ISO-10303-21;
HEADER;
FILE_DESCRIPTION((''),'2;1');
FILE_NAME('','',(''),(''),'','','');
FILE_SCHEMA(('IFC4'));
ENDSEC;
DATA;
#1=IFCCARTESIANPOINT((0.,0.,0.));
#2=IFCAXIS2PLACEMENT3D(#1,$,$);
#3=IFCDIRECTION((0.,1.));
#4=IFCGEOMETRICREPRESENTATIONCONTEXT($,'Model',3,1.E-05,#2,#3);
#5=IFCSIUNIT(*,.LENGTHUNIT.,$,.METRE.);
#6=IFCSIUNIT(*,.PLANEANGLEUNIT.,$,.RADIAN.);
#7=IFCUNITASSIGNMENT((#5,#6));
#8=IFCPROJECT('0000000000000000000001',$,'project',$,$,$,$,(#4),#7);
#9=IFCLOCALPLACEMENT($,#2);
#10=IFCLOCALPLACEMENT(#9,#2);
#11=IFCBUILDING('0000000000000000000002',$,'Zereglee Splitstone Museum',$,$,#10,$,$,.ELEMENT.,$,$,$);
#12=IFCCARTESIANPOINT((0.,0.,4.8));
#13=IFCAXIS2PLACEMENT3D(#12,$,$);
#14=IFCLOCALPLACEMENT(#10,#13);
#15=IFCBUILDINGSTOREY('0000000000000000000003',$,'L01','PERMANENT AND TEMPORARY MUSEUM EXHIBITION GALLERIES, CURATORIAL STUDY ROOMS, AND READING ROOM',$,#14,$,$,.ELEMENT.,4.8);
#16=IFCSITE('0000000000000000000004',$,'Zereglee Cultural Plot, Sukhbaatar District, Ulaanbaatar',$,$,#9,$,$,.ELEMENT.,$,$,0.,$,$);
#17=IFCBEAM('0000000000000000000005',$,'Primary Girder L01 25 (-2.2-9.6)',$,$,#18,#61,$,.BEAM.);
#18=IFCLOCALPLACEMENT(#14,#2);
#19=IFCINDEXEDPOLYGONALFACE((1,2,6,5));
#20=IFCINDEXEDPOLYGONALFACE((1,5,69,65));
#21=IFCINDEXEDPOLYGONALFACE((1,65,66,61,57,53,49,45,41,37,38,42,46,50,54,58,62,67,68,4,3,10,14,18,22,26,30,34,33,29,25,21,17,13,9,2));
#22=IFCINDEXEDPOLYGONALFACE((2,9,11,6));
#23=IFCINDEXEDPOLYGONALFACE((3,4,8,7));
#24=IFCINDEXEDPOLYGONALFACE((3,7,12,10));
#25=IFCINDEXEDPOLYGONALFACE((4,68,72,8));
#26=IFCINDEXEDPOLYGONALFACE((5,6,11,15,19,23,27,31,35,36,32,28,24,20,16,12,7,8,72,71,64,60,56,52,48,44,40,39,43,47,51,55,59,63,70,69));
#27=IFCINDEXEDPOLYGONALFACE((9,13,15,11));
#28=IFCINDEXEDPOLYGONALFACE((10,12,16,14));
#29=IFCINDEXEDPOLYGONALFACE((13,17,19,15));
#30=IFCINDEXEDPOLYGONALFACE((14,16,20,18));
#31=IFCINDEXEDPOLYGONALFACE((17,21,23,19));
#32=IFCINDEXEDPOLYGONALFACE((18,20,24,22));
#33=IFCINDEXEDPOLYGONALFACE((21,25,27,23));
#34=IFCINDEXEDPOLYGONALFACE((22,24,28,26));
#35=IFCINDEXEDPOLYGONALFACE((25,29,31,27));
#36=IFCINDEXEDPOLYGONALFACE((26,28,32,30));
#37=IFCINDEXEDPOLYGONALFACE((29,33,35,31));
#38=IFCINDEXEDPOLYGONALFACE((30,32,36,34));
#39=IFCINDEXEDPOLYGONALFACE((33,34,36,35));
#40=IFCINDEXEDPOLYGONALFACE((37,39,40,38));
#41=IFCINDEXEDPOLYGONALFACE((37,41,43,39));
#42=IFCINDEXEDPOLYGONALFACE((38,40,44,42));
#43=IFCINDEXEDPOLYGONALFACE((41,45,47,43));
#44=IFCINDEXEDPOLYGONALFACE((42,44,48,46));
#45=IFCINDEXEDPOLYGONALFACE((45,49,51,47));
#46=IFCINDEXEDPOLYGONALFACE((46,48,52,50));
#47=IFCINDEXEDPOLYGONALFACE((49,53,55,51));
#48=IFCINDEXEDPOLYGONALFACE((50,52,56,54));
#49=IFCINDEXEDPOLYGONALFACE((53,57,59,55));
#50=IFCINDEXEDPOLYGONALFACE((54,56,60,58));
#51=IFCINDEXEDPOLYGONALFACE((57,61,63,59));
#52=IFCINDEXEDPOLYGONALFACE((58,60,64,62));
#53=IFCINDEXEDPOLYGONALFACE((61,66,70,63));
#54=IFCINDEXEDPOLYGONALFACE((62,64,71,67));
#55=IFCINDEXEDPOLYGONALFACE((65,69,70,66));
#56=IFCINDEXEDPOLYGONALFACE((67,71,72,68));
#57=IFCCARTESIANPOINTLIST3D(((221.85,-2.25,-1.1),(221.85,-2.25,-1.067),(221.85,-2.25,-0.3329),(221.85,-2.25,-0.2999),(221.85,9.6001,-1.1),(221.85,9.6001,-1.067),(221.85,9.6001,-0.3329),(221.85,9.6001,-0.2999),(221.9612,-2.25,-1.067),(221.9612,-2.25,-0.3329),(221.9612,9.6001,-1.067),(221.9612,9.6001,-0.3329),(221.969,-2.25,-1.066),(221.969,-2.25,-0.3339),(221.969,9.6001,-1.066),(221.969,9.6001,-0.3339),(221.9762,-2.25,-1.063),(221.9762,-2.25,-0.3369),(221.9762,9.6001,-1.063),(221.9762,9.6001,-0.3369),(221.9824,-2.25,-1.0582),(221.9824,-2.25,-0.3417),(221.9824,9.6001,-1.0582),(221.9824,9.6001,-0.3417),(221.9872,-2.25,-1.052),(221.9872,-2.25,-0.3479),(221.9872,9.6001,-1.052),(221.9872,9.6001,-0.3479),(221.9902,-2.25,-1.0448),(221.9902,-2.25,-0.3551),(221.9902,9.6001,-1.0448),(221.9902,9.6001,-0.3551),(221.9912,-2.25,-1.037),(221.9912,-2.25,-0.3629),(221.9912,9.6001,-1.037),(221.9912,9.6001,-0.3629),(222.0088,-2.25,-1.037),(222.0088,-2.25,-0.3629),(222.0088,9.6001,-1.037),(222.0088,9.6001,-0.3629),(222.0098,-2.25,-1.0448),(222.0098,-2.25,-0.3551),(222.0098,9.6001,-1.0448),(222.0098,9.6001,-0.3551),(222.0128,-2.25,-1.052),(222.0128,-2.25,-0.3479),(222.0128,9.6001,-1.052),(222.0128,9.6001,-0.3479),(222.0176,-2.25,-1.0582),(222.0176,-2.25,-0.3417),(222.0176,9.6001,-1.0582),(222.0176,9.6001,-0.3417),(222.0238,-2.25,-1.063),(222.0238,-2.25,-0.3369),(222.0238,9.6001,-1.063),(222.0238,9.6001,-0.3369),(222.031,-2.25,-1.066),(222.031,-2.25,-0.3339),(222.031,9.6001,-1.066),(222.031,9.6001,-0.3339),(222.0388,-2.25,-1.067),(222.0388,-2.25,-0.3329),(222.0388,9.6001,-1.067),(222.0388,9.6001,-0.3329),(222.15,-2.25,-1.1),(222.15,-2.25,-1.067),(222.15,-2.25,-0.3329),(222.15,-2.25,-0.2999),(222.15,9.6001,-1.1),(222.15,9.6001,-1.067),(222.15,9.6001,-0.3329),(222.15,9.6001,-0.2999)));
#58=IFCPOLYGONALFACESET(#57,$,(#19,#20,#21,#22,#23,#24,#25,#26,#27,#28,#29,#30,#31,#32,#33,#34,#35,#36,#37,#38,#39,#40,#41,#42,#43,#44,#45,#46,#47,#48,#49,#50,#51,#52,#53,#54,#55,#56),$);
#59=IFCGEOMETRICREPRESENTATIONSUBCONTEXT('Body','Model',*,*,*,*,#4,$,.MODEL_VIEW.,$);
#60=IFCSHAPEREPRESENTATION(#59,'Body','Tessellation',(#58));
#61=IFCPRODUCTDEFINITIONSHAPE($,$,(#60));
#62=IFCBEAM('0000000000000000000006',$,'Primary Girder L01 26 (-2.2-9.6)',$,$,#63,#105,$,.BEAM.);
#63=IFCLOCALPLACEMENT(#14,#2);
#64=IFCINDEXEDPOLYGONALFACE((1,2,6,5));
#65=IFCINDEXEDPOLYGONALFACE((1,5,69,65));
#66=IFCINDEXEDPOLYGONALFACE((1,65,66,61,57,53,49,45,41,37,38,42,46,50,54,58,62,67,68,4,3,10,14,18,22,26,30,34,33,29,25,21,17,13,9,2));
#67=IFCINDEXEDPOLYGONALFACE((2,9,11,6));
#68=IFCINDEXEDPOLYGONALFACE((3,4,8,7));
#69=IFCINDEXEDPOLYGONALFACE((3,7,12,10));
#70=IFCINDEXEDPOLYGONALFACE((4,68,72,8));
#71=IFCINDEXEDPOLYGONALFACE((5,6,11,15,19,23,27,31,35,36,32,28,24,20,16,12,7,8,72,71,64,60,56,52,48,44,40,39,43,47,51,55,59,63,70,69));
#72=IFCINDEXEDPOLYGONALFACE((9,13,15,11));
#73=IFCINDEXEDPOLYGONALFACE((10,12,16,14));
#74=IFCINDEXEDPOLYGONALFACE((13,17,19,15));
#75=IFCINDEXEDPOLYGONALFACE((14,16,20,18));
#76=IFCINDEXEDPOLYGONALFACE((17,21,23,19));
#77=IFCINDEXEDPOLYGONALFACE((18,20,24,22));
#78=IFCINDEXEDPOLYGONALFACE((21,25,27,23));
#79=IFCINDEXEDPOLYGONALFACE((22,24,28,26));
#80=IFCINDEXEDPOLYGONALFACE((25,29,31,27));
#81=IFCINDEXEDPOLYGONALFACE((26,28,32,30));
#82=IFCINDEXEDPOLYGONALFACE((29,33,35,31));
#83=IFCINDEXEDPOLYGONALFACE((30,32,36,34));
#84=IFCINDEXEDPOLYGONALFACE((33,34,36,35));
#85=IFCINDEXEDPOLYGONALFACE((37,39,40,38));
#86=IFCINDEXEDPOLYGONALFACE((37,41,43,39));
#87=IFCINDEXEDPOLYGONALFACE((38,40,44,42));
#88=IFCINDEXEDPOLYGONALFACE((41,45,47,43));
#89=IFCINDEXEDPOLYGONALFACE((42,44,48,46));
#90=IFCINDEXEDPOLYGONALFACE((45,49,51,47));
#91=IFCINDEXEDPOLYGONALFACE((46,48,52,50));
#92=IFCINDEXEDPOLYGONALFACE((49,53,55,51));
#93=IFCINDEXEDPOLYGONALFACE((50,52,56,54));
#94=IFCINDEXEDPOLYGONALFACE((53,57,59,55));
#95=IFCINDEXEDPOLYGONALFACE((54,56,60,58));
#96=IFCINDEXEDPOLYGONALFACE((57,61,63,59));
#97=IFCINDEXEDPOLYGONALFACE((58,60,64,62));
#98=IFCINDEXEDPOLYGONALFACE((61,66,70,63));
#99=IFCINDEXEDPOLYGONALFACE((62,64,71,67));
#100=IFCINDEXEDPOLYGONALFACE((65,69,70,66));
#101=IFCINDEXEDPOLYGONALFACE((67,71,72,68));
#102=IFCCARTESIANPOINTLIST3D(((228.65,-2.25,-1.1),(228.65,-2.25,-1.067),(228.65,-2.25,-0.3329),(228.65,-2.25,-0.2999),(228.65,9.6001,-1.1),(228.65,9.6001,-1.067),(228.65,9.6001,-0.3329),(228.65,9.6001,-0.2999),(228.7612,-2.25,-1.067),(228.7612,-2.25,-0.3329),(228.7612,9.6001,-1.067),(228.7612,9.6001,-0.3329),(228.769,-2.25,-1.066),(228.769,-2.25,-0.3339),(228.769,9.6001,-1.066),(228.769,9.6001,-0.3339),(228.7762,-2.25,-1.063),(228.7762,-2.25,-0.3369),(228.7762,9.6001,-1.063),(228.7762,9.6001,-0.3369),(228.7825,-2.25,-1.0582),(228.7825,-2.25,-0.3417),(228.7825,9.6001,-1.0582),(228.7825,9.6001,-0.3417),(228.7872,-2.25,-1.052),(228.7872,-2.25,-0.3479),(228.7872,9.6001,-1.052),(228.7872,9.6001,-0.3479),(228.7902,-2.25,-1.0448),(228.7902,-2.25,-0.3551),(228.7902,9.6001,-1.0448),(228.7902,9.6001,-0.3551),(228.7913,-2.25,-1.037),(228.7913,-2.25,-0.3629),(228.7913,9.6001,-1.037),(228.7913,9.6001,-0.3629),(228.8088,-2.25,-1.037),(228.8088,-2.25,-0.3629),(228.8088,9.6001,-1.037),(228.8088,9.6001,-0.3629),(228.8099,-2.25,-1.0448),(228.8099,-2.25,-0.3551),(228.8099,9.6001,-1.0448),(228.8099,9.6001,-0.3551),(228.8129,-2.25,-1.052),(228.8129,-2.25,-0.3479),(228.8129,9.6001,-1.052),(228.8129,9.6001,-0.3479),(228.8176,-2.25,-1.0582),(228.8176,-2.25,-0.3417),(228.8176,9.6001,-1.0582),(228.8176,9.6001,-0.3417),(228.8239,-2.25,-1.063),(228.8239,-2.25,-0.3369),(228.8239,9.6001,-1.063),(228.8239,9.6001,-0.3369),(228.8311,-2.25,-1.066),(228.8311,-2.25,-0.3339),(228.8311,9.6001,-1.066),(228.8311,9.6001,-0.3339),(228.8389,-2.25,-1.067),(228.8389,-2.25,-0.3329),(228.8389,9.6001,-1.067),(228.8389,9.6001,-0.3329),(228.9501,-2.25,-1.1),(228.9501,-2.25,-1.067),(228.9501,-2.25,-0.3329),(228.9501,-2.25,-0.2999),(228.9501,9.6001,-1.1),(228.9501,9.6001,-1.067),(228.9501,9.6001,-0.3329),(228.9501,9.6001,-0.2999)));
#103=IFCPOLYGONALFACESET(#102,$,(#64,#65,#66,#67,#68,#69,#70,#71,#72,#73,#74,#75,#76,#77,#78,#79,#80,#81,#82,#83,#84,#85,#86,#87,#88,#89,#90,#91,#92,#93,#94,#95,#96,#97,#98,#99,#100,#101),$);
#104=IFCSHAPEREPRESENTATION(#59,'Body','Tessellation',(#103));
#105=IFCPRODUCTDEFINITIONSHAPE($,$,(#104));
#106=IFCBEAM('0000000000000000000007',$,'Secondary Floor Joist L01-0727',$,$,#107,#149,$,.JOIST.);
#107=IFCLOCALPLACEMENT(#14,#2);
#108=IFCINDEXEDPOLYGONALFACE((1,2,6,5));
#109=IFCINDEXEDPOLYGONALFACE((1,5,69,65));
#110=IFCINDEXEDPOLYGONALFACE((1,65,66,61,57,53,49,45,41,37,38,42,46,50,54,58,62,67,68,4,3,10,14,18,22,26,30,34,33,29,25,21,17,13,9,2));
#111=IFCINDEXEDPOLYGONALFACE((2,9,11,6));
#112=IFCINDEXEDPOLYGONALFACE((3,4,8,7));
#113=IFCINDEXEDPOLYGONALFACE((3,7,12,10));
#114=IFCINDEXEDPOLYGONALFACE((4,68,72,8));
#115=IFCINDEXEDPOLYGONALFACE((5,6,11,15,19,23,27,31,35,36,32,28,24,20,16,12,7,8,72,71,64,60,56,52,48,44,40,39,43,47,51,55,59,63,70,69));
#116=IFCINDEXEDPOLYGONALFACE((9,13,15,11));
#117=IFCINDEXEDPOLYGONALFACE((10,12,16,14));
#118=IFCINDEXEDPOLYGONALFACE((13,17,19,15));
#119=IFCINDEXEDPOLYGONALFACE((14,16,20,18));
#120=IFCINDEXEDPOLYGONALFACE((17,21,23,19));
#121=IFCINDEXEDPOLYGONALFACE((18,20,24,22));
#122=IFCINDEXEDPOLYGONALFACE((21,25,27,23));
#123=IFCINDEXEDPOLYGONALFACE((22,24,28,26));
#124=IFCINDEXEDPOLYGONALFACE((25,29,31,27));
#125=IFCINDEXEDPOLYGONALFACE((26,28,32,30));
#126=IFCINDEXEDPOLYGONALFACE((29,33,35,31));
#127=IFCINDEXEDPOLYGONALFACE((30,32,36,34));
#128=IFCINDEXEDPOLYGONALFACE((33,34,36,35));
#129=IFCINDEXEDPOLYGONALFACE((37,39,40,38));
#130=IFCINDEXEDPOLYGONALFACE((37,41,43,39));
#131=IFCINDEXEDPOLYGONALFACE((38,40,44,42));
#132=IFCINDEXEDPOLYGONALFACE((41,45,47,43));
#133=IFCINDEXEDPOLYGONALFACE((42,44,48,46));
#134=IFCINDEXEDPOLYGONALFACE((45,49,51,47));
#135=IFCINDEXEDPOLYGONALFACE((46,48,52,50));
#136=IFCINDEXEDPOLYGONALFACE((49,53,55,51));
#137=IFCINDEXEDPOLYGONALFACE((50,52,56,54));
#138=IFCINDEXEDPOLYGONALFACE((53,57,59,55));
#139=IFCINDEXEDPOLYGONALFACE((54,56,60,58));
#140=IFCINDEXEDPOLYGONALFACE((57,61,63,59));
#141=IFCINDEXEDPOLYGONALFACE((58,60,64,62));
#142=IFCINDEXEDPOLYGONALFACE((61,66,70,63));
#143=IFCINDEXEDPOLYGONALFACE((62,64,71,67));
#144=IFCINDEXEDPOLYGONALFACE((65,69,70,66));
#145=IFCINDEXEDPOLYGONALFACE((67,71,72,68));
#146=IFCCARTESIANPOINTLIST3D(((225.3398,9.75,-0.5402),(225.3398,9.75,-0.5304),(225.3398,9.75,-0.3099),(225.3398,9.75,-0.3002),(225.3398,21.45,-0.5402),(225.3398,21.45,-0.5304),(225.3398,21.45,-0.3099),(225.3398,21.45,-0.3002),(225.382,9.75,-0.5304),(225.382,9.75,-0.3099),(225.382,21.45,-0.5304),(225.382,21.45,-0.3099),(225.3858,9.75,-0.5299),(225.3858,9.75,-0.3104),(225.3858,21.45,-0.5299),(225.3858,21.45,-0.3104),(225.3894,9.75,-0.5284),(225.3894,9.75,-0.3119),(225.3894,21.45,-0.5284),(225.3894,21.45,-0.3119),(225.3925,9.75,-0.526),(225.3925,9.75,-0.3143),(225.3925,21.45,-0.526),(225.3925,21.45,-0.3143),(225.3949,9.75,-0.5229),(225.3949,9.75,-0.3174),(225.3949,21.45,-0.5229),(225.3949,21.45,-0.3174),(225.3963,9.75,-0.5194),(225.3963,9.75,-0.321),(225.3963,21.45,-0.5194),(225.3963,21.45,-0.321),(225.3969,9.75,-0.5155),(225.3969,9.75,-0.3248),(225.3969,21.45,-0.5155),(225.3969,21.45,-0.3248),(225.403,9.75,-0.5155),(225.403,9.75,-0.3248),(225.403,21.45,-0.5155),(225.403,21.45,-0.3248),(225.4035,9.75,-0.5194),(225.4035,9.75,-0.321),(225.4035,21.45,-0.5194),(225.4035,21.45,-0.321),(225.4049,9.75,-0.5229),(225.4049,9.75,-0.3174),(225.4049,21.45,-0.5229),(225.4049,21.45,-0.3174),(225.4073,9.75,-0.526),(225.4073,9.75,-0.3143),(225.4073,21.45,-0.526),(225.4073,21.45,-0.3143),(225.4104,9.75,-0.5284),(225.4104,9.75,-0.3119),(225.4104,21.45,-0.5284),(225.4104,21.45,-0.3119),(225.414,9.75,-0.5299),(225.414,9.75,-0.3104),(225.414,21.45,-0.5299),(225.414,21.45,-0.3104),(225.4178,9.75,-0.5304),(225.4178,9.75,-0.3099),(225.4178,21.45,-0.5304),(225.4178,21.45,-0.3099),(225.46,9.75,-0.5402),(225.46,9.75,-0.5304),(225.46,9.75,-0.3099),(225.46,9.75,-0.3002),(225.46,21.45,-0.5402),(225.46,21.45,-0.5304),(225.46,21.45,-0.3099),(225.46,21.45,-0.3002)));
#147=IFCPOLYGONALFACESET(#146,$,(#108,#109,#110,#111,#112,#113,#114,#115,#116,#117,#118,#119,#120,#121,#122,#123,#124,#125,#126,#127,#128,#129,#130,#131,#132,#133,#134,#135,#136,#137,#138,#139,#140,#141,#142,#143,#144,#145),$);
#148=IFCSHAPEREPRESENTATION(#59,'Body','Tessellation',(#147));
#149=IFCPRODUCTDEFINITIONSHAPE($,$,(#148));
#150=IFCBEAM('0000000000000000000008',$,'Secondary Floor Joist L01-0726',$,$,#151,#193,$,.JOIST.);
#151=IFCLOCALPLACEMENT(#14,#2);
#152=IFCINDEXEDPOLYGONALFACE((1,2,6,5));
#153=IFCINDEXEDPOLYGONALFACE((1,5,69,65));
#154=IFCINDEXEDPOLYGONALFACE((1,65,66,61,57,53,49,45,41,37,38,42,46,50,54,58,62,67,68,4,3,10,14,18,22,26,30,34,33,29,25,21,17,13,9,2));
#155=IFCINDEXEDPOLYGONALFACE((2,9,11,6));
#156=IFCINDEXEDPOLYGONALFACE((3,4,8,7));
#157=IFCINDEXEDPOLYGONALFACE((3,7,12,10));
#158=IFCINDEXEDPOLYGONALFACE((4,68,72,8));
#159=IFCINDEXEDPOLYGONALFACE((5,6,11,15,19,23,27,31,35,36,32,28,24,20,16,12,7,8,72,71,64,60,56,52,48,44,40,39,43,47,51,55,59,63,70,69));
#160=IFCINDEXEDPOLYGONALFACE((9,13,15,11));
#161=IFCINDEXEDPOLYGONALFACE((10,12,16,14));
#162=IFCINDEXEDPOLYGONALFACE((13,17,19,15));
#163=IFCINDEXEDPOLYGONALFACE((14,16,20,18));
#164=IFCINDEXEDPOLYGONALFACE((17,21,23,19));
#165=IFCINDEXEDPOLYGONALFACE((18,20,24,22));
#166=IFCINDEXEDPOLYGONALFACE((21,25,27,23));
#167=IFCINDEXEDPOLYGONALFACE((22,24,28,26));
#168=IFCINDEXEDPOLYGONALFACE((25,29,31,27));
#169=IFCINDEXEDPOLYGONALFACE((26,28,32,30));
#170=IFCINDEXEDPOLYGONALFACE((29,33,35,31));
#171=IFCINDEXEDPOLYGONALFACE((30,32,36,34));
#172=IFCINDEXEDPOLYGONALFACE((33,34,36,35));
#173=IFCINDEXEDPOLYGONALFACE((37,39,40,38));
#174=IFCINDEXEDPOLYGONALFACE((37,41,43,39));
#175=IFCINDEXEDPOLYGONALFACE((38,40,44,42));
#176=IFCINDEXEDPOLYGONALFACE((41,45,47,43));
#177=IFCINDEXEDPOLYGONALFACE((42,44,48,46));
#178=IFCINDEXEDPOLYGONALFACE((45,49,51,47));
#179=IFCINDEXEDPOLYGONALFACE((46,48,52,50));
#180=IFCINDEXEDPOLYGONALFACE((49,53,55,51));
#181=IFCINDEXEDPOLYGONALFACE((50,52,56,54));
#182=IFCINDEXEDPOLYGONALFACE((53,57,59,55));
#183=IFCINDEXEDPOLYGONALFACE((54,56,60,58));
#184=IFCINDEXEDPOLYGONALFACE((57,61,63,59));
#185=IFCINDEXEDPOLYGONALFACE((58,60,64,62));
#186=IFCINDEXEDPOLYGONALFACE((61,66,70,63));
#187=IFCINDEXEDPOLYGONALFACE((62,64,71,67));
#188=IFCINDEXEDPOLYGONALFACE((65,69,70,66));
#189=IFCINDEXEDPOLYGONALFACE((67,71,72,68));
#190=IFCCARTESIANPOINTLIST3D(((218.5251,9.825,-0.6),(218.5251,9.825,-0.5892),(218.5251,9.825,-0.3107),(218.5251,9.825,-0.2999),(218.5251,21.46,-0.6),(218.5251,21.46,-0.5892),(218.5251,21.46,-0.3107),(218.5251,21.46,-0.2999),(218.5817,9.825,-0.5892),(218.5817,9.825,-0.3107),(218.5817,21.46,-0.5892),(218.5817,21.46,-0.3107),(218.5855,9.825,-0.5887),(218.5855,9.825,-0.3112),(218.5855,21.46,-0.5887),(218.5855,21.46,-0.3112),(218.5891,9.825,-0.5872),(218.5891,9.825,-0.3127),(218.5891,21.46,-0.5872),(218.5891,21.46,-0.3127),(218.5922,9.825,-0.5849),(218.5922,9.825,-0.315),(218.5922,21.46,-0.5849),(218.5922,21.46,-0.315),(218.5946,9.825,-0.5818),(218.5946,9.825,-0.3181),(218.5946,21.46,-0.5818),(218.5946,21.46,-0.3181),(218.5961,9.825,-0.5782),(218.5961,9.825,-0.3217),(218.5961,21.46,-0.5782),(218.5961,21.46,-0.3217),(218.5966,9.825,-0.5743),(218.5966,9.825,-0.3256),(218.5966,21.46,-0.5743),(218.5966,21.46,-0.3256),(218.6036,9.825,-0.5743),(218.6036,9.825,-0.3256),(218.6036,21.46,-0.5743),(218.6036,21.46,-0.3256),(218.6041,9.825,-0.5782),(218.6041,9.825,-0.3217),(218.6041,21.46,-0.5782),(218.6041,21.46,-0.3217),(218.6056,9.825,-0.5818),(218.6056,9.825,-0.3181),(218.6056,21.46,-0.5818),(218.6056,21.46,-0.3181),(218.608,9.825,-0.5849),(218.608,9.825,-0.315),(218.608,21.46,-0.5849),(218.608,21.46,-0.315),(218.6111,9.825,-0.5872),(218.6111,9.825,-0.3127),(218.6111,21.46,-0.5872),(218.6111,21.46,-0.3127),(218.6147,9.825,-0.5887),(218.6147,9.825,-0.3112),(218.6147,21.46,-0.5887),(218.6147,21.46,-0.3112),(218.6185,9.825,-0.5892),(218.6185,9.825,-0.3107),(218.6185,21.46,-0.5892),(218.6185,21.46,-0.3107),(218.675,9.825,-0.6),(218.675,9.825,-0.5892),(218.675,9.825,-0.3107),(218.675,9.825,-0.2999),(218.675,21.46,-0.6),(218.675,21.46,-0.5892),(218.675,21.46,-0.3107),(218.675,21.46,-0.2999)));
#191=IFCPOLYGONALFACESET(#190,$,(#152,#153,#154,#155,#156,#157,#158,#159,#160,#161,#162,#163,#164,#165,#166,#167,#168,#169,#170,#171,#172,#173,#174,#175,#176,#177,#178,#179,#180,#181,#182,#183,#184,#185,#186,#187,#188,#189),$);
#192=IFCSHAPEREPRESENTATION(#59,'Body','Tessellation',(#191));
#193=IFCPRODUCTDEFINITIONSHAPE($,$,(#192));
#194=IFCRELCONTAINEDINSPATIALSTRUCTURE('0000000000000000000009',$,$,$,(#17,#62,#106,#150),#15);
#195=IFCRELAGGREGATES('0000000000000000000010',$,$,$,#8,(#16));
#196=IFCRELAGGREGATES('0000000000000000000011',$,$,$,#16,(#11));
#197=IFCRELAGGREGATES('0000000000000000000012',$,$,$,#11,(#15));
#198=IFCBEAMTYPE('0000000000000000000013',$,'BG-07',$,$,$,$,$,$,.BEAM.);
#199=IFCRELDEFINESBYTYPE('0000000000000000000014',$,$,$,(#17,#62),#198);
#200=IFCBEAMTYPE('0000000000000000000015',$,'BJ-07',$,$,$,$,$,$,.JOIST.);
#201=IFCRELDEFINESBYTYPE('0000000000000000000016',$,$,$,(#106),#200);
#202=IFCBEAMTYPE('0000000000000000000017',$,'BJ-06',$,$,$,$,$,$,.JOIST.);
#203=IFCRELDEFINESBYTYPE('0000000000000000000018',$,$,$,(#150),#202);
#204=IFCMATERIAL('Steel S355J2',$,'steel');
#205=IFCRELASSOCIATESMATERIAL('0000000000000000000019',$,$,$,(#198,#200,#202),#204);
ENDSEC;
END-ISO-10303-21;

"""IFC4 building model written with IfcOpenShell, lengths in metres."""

from ifc_helpers import new_model, si_unit, direction, frame, origin, origin_2d, place, context, subcontext, project, spatial, i_section, extrude, material, material_profile, profile_set, type_object, element, save


model = new_model("IFC4")

# Units and contexts
model_context = context("Model", 3, precision=1e-05, world=origin(), true_north=direction((0.0, 1.0)))
body_context = subcontext(model_context, "Body", "Model", "MODEL_VIEW")
ifc_project = project(units=[si_unit("LENGTHUNIT", "METRE"), si_unit("PLANEANGLEUNIT", "RADIAN")], contexts=[model_context])

# Site, building, storey
site_placement = place(None, origin())
site = spatial("IfcSite", under=ifc_project, at=site_placement, Name="Zereglee Cultural Plot, Sukhbaatar District, Ulaanbaatar", CompositionType="ELEMENT", RefElevation=0.0)
building_placement = place(site_placement, origin())
building = spatial("IfcBuilding", under=site, at=building_placement, Name="Zereglee Splitstone Museum", CompositionType="ELEMENT")
storey_placement = place(building_placement, frame((0.0, 0.0, 4.8)))
storey = spatial("IfcBuildingStorey", under=building, at=storey_placement, Name="L01", Description="PERMANENT AND TEMPORARY MUSEUM EXHIBITION GALLERIES, CURATORIAL STUDY ROOMS, AND READING ROOM", CompositionType="ELEMENT", Elevation=4.8)

# Shared definitions
ifc_material_1 = material(Name="Steel S355J2", Category="steel")

# Beams
ifc_material_profile_1 = material_profile(ifc_material_1, i_section(OverallWidth=0.3, OverallDepth=0.8, WebThickness=0.0176, FlangeThickness=0.033, FilletRadius=0.03, at=origin_2d()), Name="HE 800 B")
ifc_profile_set_1 = profile_set([ifc_material_profile_1], Name="Steel S355J2")
beam_type_1 = type_object("IfcBeamType", Name="BG-07", PredefinedType="BEAM", material=ifc_profile_set_1)
for number, where, z_axis, x_axis, name in (
    (1, (222.0, -2.25, -0.7), (0.0, 1.0, 0.0), (-1.0, 0.0, 0.0), "Primary Girder L01 25 (-2.2-9.6)"),
    (2, (228.8, -2.25, -0.7), (0.0, 1.0, 0.0), (-1.0, 0.0, 0.0), "Primary Girder L01 26 (-2.2-9.6)"),
):
    element("IfcBeam", number, at=place(storey_placement, frame(where, z_axis=z_axis, x_axis=x_axis)), inside=storey, type_object=beam_type_1, Name=name, PredefinedType="BEAM", context=body_context, shape_type="SweptSolid", body=[
        extrude(i_section(OverallWidth=0.3, OverallDepth=0.8, WebThickness=0.0176, FlangeThickness=0.033, FilletRadius=0.03, at=origin_2d()), origin(), (0.0, 0.0, 1.0), 11.8501),
    ])
ifc_material_profile_2 = material_profile(ifc_material_1, i_section(OverallWidth=0.1201, OverallDepth=0.24, WebThickness=0.0061, FlangeThickness=0.0098, FilletRadius=0.0149, at=origin_2d()), Name="IPE 240")
ifc_profile_set_2 = profile_set([ifc_material_profile_2], Name="Steel S355J2")
beam_type_2 = type_object("IfcBeamType", Name="BJ-07", PredefinedType="JOIST", material=ifc_profile_set_2)
beam_1_placement = place(storey_placement, frame((225.3999, 9.75, -0.4202), z_axis=(0.0, 1.0, 0.0), x_axis=(-1.0, 0.0, 0.0)))
element("IfcBeam", 3, at=beam_1_placement, inside=storey, type_object=beam_type_2, Name="Secondary Floor Joist L01-0727", PredefinedType="JOIST", context=body_context, shape_type="SweptSolid", body=[
    extrude(i_section(OverallWidth=0.1201, OverallDepth=0.24, WebThickness=0.0061, FlangeThickness=0.0098, FilletRadius=0.0149, at=origin_2d()), origin(), (0.0, 0.0, 1.0), 11.7),
])
ifc_material_profile_3 = material_profile(ifc_material_1, i_section(OverallWidth=0.1499, OverallDepth=0.3, WebThickness=0.0071, FlangeThickness=0.0107, FilletRadius=0.0149, at=origin_2d()), Name="IPE 300")
ifc_profile_set_3 = profile_set([ifc_material_profile_3], Name="Steel S355J2")
beam_type_3 = type_object("IfcBeamType", Name="BJ-06", PredefinedType="JOIST", material=ifc_profile_set_3)
beam_2_placement = place(storey_placement, frame((218.6001, 9.825, -0.45), z_axis=(0.0, 1.0, 0.0), x_axis=(-1.0, 0.0, 0.0)))
element("IfcBeam", 4, at=beam_2_placement, inside=storey, type_object=beam_type_3, Name="Secondary Floor Joist L01-0726", PredefinedType="JOIST", context=body_context, shape_type="SweptSolid", body=[
    extrude(i_section(OverallWidth=0.1499, OverallDepth=0.3, WebThickness=0.0071, FlangeThickness=0.0107, FilletRadius=0.0149, at=origin_2d()), origin(), (0.0, 0.0, 1.0), 11.635),
])

save(model, "model.ifc")
